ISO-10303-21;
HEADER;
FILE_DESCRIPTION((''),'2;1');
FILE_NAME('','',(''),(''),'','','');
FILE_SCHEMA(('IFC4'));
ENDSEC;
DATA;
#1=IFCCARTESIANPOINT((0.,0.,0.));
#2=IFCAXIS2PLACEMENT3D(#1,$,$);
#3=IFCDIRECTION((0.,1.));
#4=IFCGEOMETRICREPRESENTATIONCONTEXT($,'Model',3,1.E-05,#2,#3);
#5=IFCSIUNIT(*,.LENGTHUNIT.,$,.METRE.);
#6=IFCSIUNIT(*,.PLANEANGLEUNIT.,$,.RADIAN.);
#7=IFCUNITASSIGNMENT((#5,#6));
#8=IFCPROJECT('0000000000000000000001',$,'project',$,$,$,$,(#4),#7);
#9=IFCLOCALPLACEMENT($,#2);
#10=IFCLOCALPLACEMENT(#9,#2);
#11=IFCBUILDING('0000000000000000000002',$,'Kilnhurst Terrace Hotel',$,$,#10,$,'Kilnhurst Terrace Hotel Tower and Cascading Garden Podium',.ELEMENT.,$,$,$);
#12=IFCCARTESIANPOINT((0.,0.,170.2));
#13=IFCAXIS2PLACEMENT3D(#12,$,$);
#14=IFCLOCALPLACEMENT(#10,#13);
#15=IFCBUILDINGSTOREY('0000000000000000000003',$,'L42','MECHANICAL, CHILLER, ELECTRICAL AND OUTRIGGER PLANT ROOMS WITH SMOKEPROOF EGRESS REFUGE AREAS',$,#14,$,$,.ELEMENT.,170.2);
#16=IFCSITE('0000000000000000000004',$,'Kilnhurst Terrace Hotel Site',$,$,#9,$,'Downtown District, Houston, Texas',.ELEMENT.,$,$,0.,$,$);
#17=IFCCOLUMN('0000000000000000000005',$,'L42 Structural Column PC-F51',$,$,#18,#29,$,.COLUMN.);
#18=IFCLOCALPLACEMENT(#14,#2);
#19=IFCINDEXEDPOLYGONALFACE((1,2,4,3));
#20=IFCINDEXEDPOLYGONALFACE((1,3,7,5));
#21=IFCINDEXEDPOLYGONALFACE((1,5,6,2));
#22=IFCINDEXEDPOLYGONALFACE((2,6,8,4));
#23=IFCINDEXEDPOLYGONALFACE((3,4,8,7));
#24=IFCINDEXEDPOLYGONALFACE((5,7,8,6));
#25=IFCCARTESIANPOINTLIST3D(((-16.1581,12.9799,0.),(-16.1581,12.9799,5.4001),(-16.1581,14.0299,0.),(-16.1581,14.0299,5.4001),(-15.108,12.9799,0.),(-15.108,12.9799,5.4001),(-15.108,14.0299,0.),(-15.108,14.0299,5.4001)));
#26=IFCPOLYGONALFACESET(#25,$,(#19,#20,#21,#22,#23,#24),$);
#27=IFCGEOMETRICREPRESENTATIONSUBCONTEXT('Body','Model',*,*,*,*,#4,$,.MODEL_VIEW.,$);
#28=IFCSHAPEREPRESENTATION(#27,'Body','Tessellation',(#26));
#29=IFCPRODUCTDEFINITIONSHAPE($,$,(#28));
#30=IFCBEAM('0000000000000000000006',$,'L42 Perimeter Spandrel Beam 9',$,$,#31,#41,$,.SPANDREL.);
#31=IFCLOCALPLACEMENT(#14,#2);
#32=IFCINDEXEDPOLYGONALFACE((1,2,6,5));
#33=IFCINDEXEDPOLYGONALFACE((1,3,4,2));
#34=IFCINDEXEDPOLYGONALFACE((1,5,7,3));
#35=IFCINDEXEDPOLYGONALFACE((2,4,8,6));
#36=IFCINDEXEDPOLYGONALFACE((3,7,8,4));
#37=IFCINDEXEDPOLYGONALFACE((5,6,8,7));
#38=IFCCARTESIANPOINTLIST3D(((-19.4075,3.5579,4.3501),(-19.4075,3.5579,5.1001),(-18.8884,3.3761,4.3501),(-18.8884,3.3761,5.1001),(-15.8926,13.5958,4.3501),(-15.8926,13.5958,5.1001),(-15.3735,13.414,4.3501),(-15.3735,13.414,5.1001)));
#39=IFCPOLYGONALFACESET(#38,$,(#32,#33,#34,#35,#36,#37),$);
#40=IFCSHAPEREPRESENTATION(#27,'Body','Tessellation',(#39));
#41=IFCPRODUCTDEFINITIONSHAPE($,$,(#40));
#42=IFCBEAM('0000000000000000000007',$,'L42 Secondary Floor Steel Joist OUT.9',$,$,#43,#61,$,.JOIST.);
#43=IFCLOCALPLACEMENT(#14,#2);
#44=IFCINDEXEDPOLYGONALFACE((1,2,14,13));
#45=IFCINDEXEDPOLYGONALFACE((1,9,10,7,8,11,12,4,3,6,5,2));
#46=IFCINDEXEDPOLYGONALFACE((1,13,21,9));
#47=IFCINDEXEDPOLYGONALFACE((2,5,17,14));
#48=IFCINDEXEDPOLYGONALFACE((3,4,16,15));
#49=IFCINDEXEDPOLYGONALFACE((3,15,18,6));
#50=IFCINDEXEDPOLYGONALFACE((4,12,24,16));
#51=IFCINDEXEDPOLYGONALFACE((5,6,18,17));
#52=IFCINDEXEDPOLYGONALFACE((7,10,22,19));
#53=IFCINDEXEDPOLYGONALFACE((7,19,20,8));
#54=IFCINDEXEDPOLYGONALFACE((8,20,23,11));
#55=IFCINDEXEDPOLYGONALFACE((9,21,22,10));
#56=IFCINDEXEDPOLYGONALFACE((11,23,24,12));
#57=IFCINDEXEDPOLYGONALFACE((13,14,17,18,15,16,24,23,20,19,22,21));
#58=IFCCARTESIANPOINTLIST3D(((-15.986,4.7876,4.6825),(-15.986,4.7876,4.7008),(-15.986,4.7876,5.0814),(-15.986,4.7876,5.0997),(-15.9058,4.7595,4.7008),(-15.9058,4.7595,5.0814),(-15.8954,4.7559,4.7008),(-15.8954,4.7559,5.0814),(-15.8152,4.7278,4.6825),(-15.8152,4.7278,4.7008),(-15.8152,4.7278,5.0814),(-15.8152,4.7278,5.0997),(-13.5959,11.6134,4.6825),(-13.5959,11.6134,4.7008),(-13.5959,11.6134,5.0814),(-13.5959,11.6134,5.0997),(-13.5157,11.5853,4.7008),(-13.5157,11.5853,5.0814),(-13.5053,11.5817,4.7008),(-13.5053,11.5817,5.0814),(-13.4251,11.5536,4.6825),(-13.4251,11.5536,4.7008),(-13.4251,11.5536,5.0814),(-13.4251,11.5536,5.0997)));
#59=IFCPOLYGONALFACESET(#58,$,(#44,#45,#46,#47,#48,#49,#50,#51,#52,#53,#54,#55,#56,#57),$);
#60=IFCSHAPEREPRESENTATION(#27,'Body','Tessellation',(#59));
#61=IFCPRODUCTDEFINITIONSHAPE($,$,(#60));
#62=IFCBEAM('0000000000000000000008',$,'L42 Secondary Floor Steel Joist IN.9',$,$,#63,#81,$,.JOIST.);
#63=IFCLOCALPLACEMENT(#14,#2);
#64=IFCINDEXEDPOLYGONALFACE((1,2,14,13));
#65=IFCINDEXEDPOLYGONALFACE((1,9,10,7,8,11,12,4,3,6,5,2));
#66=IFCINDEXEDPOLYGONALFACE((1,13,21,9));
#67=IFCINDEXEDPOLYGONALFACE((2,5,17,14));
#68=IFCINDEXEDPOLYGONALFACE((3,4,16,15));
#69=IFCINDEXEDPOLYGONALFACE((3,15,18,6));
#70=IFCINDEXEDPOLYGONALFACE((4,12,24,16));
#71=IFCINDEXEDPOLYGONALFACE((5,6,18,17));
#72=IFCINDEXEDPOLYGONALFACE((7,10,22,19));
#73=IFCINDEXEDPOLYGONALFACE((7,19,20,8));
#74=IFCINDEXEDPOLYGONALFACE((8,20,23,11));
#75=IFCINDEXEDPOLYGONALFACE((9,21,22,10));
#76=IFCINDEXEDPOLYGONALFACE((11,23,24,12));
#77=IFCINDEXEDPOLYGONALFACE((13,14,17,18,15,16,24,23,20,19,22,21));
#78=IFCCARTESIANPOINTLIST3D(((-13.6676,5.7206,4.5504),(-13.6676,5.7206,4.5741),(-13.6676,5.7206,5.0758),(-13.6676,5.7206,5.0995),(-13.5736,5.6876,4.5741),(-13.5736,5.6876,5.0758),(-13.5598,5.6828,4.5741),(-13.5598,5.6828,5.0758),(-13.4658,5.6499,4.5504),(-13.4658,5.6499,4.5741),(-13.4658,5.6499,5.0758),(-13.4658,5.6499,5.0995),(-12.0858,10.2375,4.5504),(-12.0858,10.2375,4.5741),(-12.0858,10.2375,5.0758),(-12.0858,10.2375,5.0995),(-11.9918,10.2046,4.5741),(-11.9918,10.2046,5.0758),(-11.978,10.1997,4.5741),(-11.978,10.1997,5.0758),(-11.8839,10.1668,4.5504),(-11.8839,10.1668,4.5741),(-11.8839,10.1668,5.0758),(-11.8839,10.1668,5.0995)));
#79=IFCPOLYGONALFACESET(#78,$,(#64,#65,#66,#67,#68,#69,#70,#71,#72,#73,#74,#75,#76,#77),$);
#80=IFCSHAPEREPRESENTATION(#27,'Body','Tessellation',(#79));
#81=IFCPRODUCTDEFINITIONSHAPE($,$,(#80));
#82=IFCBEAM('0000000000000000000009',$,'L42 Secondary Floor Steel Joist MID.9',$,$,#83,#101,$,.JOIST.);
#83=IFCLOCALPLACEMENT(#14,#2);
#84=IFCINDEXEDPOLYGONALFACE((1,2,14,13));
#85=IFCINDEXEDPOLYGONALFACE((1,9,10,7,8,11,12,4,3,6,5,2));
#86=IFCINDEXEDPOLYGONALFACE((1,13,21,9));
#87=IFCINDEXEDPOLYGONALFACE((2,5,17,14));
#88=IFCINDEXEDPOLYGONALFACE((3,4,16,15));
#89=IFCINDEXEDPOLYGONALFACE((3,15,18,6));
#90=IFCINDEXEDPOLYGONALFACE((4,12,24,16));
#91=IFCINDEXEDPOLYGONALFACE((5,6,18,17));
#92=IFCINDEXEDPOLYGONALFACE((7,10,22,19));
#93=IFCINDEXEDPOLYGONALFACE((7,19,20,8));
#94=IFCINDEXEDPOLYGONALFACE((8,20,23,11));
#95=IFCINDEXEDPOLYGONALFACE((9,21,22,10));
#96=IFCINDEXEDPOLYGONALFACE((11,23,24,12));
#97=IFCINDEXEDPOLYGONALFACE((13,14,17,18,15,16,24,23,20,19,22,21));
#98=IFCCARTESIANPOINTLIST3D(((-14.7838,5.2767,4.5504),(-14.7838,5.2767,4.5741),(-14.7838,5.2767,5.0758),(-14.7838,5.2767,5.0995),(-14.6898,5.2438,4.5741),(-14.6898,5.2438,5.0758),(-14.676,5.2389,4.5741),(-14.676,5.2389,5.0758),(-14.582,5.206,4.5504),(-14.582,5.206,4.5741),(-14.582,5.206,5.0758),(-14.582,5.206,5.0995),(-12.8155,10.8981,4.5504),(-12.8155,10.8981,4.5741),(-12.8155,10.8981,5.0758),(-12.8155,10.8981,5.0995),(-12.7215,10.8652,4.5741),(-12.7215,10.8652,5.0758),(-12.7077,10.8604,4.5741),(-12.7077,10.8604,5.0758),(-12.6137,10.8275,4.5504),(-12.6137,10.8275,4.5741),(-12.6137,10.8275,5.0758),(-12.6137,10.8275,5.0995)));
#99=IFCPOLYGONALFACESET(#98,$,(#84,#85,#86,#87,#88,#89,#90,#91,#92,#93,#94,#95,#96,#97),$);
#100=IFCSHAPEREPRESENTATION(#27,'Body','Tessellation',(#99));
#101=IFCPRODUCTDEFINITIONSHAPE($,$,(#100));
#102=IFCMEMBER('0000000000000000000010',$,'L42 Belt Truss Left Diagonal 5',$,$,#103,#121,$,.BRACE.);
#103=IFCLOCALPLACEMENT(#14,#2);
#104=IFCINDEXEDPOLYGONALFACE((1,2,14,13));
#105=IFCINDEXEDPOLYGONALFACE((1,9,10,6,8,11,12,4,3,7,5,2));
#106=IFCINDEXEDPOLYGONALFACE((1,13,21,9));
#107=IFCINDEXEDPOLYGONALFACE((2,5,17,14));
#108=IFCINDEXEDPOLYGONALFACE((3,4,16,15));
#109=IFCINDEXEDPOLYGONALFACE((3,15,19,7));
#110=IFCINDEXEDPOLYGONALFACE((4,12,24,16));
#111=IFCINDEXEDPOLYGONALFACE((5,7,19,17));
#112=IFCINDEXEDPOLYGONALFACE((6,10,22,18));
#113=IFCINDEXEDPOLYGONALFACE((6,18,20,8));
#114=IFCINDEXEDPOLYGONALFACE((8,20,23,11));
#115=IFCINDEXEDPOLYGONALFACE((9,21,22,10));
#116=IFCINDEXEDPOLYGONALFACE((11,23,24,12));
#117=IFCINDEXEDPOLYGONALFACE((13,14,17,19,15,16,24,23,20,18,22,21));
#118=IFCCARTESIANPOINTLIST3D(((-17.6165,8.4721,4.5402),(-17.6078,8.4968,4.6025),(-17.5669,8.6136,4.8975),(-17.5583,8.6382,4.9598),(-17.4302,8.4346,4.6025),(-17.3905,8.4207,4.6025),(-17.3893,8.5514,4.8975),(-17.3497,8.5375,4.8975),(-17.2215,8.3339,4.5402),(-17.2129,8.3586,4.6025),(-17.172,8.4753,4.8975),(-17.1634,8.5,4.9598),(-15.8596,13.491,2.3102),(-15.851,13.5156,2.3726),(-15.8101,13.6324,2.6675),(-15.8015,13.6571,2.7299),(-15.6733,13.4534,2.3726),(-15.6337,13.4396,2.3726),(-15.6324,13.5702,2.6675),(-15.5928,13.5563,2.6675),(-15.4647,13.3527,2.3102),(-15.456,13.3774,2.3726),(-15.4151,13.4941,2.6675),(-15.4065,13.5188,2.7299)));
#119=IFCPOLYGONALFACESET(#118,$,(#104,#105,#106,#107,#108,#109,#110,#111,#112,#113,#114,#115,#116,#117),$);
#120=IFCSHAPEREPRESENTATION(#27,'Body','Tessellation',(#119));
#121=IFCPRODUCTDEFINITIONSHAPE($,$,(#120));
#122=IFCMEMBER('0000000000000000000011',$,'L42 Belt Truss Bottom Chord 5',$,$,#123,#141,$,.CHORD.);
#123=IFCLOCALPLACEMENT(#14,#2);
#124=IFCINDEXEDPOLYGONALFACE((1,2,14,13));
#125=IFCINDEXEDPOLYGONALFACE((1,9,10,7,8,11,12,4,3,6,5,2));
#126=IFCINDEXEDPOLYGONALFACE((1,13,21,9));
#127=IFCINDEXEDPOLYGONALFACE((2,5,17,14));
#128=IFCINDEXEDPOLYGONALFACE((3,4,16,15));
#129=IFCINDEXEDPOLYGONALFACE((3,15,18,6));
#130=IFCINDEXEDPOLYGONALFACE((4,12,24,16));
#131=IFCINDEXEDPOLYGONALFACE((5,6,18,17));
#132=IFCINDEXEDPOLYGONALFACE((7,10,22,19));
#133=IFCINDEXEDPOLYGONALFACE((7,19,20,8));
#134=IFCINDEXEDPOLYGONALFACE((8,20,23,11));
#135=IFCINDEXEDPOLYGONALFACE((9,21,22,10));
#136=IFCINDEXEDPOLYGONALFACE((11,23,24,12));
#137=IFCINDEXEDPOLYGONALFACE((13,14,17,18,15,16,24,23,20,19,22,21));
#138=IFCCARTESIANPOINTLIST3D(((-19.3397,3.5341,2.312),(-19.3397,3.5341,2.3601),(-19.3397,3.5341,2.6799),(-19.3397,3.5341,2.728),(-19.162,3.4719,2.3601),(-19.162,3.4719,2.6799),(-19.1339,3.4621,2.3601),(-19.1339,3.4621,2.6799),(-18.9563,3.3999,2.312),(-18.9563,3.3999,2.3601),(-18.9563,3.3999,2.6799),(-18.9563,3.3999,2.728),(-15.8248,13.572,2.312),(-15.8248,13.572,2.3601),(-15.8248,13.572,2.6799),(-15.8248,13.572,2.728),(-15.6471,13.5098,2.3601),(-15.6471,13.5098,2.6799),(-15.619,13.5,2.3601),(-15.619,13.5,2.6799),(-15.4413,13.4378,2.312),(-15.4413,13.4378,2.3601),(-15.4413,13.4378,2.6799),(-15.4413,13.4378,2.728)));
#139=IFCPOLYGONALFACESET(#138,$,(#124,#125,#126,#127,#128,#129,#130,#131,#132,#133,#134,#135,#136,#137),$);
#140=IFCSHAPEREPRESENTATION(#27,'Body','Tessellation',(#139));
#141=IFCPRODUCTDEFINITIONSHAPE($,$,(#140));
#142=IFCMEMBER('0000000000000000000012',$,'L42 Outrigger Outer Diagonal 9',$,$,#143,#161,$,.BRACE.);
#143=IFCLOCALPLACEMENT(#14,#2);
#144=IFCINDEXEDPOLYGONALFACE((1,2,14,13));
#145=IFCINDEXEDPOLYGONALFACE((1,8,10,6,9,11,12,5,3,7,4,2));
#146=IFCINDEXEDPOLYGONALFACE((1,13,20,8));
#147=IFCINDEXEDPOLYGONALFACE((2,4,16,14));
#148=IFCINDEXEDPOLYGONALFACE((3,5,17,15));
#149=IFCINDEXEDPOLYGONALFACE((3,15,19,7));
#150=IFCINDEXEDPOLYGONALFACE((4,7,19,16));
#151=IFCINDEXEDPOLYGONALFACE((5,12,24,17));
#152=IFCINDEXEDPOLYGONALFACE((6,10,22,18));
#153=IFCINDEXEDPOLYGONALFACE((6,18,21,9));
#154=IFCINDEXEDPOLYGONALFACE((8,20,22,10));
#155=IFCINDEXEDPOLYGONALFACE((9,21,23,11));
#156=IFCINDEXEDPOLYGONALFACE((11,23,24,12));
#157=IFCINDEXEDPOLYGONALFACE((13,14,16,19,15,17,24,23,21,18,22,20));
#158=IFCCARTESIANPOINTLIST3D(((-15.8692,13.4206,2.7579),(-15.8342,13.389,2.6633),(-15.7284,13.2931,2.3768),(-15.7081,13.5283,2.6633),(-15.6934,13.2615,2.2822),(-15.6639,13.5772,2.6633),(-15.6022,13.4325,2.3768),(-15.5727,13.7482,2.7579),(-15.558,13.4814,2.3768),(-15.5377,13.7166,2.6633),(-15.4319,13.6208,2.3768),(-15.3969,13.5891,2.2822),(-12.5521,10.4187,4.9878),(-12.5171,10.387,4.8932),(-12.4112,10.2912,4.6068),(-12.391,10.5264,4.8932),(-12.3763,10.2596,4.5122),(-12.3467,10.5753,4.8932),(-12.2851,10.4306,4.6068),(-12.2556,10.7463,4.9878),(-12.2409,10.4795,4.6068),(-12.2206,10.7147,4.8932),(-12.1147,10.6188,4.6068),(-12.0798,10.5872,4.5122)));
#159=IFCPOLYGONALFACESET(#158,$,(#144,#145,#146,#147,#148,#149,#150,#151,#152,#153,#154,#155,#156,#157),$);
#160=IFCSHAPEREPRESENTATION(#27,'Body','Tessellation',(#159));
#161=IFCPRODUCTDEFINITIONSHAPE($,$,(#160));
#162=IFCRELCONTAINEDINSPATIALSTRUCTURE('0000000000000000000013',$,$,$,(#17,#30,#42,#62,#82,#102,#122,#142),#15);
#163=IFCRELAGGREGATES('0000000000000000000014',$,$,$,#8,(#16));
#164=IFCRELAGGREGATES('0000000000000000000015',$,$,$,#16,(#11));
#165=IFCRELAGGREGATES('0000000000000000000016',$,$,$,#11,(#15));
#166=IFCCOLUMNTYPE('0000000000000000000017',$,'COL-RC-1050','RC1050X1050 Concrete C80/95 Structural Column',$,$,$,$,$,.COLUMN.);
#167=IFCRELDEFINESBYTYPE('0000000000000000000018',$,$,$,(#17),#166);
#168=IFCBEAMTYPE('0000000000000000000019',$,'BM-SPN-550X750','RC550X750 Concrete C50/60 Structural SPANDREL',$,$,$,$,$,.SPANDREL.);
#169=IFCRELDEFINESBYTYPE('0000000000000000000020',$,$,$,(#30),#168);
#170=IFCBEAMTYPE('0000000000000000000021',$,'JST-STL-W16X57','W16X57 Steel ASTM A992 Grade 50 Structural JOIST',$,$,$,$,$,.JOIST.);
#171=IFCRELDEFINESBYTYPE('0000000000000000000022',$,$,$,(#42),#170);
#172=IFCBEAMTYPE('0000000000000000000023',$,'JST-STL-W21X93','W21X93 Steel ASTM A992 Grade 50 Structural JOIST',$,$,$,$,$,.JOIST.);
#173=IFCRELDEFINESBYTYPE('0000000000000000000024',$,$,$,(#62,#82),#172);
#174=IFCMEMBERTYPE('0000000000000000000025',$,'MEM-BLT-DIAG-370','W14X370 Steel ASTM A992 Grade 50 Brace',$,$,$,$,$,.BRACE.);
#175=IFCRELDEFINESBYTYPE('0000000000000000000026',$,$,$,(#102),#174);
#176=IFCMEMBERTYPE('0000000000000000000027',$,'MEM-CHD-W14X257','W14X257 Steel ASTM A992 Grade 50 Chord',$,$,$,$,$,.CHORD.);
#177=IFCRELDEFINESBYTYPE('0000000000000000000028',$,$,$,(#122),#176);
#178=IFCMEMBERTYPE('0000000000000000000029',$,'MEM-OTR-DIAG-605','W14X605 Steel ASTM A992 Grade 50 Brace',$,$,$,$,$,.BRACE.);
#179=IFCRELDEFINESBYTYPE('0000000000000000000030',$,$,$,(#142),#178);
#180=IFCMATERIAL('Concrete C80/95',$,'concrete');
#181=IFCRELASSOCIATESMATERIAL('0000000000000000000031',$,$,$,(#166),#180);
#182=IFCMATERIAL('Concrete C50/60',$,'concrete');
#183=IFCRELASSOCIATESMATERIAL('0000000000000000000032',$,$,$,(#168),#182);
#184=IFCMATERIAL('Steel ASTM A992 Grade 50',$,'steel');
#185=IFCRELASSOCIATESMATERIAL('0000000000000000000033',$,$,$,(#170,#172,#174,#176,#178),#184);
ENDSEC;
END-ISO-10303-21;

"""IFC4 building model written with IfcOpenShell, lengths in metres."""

from ifc_helpers import new_model, si_unit, direction, frame, origin, origin_2d, place, context, subcontext, project, spatial, rectangle, i_section, extrude, material, material_profile, profile_set, type_object, element, save


model = new_model("IFC4")

# Units and contexts
model_context = context("Model", 3, precision=1e-05, world=origin(), true_north=direction((0.0, 1.0)))
body_context = subcontext(model_context, "Body", "Model", "MODEL_VIEW")
ifc_project = project(units=[si_unit("LENGTHUNIT", "METRE"), si_unit("PLANEANGLEUNIT", "RADIAN")], contexts=[model_context])

# Site, building, storey
site_placement = place(None, origin())
site = spatial("IfcSite", under=ifc_project, at=site_placement, Name="Kilnhurst Terrace Hotel Site", LongName="Downtown District, Houston, Texas", CompositionType="ELEMENT", RefElevation=0.0)
building_placement = place(site_placement, origin())
building = spatial("IfcBuilding", under=site, at=building_placement, Name="Kilnhurst Terrace Hotel", LongName="Kilnhurst Terrace Hotel Tower and Cascading Garden Podium", CompositionType="ELEMENT")
storey_placement = place(building_placement, frame((0.0, 0.0, 170.2)))
storey = spatial("IfcBuildingStorey", under=building, at=storey_placement, Name="L42", Description="MECHANICAL, CHILLER, ELECTRICAL AND OUTRIGGER PLANT ROOMS WITH SMOKEPROOF EGRESS REFUGE AREAS", CompositionType="ELEMENT", Elevation=170.2)

# Column
ifc_material_1 = material(Name="Concrete C80/95", Category="concrete")
ifc_material_profile_1 = material_profile(ifc_material_1, rectangle(XDim=1.05, YDim=1.05, at=origin_2d()), Name="RC1050X1050")
ifc_profile_set_1 = profile_set([ifc_material_profile_1], Name="Concrete C80/95")
column_type = type_object("IfcColumnType", Name="COL-RC-1050", Description="RC1050X1050 Concrete C80/95 Structural Column", PredefinedType="COLUMN", material=ifc_profile_set_1)
column_placement = place(storey_placement, frame((-15.6331, 13.5049, 0.0), z_axis=(0.0, 0.0, 1.0), x_axis=(1.0, 0.0, 0.0)))
element("IfcColumn", 1, at=column_placement, inside=storey, type_object=column_type, Name="L42 Structural Column PC-F51", PredefinedType="COLUMN", context=body_context, shape_type="SweptSolid", body=[
    extrude(rectangle(XDim=1.05, YDim=1.05, at=origin_2d()), origin(), (0.0, 0.0, 1.0), 5.4001),
])

# Beams
ifc_material_2 = material(Name="Concrete C50/60", Category="concrete")
ifc_material_profile_2 = material_profile(ifc_material_2, rectangle(XDim=0.55, YDim=0.75, at=origin_2d()), Name="RC550X750")
ifc_profile_set_2 = profile_set([ifc_material_profile_2], Name="Concrete C50/60")
beam_type_1 = type_object("IfcBeamType", Name="BM-SPN-550X750", Description="RC550X750 Concrete C50/60 Structural SPANDREL", PredefinedType="SPANDREL", material=ifc_profile_set_2)
beam_1_placement = place(storey_placement, frame((-15.6331, 13.5049, 4.7251), z_axis=(-0.330488, -0.94381, 0.0), x_axis=(0.94381, -0.330488, 0.0)))
element("IfcBeam", 2, at=beam_1_placement, inside=storey, type_object=beam_type_1, Name="L42 Perimeter Spandrel Beam 9", PredefinedType="SPANDREL", context=body_context, shape_type="SweptSolid", body=[
    extrude(rectangle(XDim=0.55, YDim=0.75, at=origin_2d()), origin(), (0.0, 0.0, 1.0), 10.6355),
])
ifc_material_3 = material(Name="Steel ASTM A992 Grade 50", Category="steel")
ifc_material_profile_3 = material_profile(ifc_material_3, i_section(OverallWidth=0.1809, OverallDepth=0.4172, WebThickness=0.011, FlangeThickness=0.0183, at=origin_2d()), Name="W16X57")
ifc_profile_set_3 = profile_set([ifc_material_profile_3], Name="Steel ASTM A992 Grade 50")
beam_type_2 = type_object("IfcBeamType", Name="JST-STL-W16X57", Description="W16X57 Steel ASTM A992 Grade 50 Structural JOIST", PredefinedType="JOIST", material=ifc_profile_set_3)
beam_2_placement = place(storey_placement, frame((-13.5105, 11.5835, 4.8911), z_axis=(-0.330481, -0.943813, 0.0), x_axis=(0.943813, -0.330481, 0.0)))
element("IfcBeam", 3, at=beam_2_placement, inside=storey, type_object=beam_type_2, Name="L42 Secondary Floor Steel Joist OUT.9", PredefinedType="JOIST", context=body_context, shape_type="SweptSolid", body=[
    extrude(i_section(OverallWidth=0.1809, OverallDepth=0.4172, WebThickness=0.011, FlangeThickness=0.0183, at=origin_2d()), origin(), (0.0, 0.0, 1.0), 7.2322),
])
ifc_material_profile_4 = material_profile(ifc_material_3, i_section(OverallWidth=0.2139, OverallDepth=0.5491, WebThickness=0.0146, FlangeThickness=0.0237, at=origin_2d()), Name="W21X93")
ifc_profile_set_4 = profile_set([ifc_material_profile_4], Name="Steel ASTM A992 Grade 50")
beam_type_3 = type_object("IfcBeamType", Name="JST-STL-W21X93", Description="W21X93 Steel ASTM A992 Grade 50 Structural JOIST", PredefinedType="JOIST", material=ifc_profile_set_4)
beam_3_placement = place(storey_placement, frame((-11.9849, 10.2021, 4.825), z_axis=(-0.330516, -0.9438, 0.0), x_axis=(0.9438, -0.330516, 0.0)))
element("IfcBeam", 4, at=beam_3_placement, inside=storey, type_object=beam_type_3, Name="L42 Secondary Floor Steel Joist IN.9", PredefinedType="JOIST", context=body_context, shape_type="SweptSolid", body=[
    extrude(i_section(OverallWidth=0.2139, OverallDepth=0.5491, WebThickness=0.0146, FlangeThickness=0.0237, at=origin_2d()), origin(), (0.0, 0.0, 1.0), 4.7859),
])
beam_4_placement = place(storey_placement, frame((-12.7146, 10.8628, 4.825), z_axis=(-0.330469, -0.943817, 0.0), x_axis=(0.943817, -0.330469, 0.0)))
element("IfcBeam", 5, at=beam_4_placement, inside=storey, type_object=beam_type_3, Name="L42 Secondary Floor Steel Joist MID.9", PredefinedType="JOIST", context=body_context, shape_type="SweptSolid", body=[
    extrude(i_section(OverallWidth=0.2139, OverallDepth=0.5491, WebThickness=0.0146, FlangeThickness=0.0237, at=origin_2d()), origin(), (0.0, 0.0, 1.0), 5.9561),
])

# Members
ifc_material_profile_5 = material_profile(ifc_material_3, i_section(OverallWidth=0.4185, OverallDepth=0.4551, WebThickness=0.042, FlangeThickness=0.0676, at=origin_2d()), Name="W14X370")
ifc_profile_set_5 = profile_set([ifc_material_profile_5], Name="Steel ASTM A992 Grade 50")
member_type_1 = type_object("IfcMemberType", Name="MEM-BLT-DIAG-370", Description="W14X370 Steel ASTM A992 Grade 50 Brace", PredefinedType="BRACE", material=ifc_profile_set_5)
member_1_placement = place(storey_placement, frame((-15.6331, 13.5049, 2.52), z_axis=(-0.304685, -0.870401, 0.386741), x_axis=(0.943843, -0.330393, 0.0)))
element("IfcMember", 6, at=member_1_placement, inside=storey, type_object=member_type_1, Name="L42 Belt Truss Left Diagonal 5", PredefinedType="BRACE", context=body_context, shape_type="SweptSolid", body=[
    extrude(i_section(OverallWidth=0.4185, OverallDepth=0.4551, WebThickness=0.042, FlangeThickness=0.0676, at=origin_2d()), origin(), (0.0, 0.0, 1.0), 5.7661),
])
ifc_material_profile_6 = material_profile(ifc_material_3, i_section(OverallWidth=0.4062, OverallDepth=0.416, WebThickness=0.0298, FlangeThickness=0.0481, at=origin_2d()), Name="W14X257")
ifc_profile_set_6 = profile_set([ifc_material_profile_6], Name="Steel ASTM A992 Grade 50")
member_type_2 = type_object("IfcMemberType", Name="MEM-CHD-W14X257", Description="W14X257 Steel ASTM A992 Grade 50 Chord", PredefinedType="CHORD", material=ifc_profile_set_6)
member_2_placement = place(storey_placement, frame((-15.6331, 13.5049, 2.52), z_axis=(-0.330488, -0.94381, 0.0), x_axis=(0.94381, -0.330488, 0.0)))
element("IfcMember", 7, at=member_2_placement, inside=storey, type_object=member_type_2, Name="L42 Belt Truss Bottom Chord 5", PredefinedType="CHORD", context=body_context, shape_type="SweptSolid", body=[
    extrude(i_section(OverallWidth=0.4062, OverallDepth=0.416, WebThickness=0.0298, FlangeThickness=0.0481, at=origin_2d()), origin(), (0.0, 0.0, 1.0), 10.6355),
])
ifc_material_profile_7 = material_profile(ifc_material_3, i_section(OverallWidth=0.4419, OverallDepth=0.5315, WebThickness=0.0659, FlangeThickness=0.1057, at=origin_2d()), Name="W14X605")
ifc_profile_set_7 = profile_set([ifc_material_profile_7], Name="Steel ASTM A992 Grade 50")
member_type_3 = type_object("IfcMemberType", Name="MEM-OTR-DIAG-605", Description="W14X605 Steel ASTM A992 Grade 50 Brace", PredefinedType="BRACE", material=ifc_profile_set_7)
member_3_placement = place(storey_placement, frame((-12.3159, 10.5029, 4.75), z_axis=(-0.663588, 0.600535, -0.446104), x_axis=(-0.671003, -0.741454, 0.0)))
element("IfcMember", 8, at=member_3_placement, inside=storey, type_object=member_type_3, Name="L42 Outrigger Outer Diagonal 9", PredefinedType="BRACE", context=body_context, shape_type="SweptSolid", body=[
    extrude(i_section(OverallWidth=0.4419, OverallDepth=0.5315, WebThickness=0.0659, FlangeThickness=0.1057, at=origin_2d()), origin(), (0.0, 0.0, 1.0), 4.9988),
])

save(model, "model.ifc")
